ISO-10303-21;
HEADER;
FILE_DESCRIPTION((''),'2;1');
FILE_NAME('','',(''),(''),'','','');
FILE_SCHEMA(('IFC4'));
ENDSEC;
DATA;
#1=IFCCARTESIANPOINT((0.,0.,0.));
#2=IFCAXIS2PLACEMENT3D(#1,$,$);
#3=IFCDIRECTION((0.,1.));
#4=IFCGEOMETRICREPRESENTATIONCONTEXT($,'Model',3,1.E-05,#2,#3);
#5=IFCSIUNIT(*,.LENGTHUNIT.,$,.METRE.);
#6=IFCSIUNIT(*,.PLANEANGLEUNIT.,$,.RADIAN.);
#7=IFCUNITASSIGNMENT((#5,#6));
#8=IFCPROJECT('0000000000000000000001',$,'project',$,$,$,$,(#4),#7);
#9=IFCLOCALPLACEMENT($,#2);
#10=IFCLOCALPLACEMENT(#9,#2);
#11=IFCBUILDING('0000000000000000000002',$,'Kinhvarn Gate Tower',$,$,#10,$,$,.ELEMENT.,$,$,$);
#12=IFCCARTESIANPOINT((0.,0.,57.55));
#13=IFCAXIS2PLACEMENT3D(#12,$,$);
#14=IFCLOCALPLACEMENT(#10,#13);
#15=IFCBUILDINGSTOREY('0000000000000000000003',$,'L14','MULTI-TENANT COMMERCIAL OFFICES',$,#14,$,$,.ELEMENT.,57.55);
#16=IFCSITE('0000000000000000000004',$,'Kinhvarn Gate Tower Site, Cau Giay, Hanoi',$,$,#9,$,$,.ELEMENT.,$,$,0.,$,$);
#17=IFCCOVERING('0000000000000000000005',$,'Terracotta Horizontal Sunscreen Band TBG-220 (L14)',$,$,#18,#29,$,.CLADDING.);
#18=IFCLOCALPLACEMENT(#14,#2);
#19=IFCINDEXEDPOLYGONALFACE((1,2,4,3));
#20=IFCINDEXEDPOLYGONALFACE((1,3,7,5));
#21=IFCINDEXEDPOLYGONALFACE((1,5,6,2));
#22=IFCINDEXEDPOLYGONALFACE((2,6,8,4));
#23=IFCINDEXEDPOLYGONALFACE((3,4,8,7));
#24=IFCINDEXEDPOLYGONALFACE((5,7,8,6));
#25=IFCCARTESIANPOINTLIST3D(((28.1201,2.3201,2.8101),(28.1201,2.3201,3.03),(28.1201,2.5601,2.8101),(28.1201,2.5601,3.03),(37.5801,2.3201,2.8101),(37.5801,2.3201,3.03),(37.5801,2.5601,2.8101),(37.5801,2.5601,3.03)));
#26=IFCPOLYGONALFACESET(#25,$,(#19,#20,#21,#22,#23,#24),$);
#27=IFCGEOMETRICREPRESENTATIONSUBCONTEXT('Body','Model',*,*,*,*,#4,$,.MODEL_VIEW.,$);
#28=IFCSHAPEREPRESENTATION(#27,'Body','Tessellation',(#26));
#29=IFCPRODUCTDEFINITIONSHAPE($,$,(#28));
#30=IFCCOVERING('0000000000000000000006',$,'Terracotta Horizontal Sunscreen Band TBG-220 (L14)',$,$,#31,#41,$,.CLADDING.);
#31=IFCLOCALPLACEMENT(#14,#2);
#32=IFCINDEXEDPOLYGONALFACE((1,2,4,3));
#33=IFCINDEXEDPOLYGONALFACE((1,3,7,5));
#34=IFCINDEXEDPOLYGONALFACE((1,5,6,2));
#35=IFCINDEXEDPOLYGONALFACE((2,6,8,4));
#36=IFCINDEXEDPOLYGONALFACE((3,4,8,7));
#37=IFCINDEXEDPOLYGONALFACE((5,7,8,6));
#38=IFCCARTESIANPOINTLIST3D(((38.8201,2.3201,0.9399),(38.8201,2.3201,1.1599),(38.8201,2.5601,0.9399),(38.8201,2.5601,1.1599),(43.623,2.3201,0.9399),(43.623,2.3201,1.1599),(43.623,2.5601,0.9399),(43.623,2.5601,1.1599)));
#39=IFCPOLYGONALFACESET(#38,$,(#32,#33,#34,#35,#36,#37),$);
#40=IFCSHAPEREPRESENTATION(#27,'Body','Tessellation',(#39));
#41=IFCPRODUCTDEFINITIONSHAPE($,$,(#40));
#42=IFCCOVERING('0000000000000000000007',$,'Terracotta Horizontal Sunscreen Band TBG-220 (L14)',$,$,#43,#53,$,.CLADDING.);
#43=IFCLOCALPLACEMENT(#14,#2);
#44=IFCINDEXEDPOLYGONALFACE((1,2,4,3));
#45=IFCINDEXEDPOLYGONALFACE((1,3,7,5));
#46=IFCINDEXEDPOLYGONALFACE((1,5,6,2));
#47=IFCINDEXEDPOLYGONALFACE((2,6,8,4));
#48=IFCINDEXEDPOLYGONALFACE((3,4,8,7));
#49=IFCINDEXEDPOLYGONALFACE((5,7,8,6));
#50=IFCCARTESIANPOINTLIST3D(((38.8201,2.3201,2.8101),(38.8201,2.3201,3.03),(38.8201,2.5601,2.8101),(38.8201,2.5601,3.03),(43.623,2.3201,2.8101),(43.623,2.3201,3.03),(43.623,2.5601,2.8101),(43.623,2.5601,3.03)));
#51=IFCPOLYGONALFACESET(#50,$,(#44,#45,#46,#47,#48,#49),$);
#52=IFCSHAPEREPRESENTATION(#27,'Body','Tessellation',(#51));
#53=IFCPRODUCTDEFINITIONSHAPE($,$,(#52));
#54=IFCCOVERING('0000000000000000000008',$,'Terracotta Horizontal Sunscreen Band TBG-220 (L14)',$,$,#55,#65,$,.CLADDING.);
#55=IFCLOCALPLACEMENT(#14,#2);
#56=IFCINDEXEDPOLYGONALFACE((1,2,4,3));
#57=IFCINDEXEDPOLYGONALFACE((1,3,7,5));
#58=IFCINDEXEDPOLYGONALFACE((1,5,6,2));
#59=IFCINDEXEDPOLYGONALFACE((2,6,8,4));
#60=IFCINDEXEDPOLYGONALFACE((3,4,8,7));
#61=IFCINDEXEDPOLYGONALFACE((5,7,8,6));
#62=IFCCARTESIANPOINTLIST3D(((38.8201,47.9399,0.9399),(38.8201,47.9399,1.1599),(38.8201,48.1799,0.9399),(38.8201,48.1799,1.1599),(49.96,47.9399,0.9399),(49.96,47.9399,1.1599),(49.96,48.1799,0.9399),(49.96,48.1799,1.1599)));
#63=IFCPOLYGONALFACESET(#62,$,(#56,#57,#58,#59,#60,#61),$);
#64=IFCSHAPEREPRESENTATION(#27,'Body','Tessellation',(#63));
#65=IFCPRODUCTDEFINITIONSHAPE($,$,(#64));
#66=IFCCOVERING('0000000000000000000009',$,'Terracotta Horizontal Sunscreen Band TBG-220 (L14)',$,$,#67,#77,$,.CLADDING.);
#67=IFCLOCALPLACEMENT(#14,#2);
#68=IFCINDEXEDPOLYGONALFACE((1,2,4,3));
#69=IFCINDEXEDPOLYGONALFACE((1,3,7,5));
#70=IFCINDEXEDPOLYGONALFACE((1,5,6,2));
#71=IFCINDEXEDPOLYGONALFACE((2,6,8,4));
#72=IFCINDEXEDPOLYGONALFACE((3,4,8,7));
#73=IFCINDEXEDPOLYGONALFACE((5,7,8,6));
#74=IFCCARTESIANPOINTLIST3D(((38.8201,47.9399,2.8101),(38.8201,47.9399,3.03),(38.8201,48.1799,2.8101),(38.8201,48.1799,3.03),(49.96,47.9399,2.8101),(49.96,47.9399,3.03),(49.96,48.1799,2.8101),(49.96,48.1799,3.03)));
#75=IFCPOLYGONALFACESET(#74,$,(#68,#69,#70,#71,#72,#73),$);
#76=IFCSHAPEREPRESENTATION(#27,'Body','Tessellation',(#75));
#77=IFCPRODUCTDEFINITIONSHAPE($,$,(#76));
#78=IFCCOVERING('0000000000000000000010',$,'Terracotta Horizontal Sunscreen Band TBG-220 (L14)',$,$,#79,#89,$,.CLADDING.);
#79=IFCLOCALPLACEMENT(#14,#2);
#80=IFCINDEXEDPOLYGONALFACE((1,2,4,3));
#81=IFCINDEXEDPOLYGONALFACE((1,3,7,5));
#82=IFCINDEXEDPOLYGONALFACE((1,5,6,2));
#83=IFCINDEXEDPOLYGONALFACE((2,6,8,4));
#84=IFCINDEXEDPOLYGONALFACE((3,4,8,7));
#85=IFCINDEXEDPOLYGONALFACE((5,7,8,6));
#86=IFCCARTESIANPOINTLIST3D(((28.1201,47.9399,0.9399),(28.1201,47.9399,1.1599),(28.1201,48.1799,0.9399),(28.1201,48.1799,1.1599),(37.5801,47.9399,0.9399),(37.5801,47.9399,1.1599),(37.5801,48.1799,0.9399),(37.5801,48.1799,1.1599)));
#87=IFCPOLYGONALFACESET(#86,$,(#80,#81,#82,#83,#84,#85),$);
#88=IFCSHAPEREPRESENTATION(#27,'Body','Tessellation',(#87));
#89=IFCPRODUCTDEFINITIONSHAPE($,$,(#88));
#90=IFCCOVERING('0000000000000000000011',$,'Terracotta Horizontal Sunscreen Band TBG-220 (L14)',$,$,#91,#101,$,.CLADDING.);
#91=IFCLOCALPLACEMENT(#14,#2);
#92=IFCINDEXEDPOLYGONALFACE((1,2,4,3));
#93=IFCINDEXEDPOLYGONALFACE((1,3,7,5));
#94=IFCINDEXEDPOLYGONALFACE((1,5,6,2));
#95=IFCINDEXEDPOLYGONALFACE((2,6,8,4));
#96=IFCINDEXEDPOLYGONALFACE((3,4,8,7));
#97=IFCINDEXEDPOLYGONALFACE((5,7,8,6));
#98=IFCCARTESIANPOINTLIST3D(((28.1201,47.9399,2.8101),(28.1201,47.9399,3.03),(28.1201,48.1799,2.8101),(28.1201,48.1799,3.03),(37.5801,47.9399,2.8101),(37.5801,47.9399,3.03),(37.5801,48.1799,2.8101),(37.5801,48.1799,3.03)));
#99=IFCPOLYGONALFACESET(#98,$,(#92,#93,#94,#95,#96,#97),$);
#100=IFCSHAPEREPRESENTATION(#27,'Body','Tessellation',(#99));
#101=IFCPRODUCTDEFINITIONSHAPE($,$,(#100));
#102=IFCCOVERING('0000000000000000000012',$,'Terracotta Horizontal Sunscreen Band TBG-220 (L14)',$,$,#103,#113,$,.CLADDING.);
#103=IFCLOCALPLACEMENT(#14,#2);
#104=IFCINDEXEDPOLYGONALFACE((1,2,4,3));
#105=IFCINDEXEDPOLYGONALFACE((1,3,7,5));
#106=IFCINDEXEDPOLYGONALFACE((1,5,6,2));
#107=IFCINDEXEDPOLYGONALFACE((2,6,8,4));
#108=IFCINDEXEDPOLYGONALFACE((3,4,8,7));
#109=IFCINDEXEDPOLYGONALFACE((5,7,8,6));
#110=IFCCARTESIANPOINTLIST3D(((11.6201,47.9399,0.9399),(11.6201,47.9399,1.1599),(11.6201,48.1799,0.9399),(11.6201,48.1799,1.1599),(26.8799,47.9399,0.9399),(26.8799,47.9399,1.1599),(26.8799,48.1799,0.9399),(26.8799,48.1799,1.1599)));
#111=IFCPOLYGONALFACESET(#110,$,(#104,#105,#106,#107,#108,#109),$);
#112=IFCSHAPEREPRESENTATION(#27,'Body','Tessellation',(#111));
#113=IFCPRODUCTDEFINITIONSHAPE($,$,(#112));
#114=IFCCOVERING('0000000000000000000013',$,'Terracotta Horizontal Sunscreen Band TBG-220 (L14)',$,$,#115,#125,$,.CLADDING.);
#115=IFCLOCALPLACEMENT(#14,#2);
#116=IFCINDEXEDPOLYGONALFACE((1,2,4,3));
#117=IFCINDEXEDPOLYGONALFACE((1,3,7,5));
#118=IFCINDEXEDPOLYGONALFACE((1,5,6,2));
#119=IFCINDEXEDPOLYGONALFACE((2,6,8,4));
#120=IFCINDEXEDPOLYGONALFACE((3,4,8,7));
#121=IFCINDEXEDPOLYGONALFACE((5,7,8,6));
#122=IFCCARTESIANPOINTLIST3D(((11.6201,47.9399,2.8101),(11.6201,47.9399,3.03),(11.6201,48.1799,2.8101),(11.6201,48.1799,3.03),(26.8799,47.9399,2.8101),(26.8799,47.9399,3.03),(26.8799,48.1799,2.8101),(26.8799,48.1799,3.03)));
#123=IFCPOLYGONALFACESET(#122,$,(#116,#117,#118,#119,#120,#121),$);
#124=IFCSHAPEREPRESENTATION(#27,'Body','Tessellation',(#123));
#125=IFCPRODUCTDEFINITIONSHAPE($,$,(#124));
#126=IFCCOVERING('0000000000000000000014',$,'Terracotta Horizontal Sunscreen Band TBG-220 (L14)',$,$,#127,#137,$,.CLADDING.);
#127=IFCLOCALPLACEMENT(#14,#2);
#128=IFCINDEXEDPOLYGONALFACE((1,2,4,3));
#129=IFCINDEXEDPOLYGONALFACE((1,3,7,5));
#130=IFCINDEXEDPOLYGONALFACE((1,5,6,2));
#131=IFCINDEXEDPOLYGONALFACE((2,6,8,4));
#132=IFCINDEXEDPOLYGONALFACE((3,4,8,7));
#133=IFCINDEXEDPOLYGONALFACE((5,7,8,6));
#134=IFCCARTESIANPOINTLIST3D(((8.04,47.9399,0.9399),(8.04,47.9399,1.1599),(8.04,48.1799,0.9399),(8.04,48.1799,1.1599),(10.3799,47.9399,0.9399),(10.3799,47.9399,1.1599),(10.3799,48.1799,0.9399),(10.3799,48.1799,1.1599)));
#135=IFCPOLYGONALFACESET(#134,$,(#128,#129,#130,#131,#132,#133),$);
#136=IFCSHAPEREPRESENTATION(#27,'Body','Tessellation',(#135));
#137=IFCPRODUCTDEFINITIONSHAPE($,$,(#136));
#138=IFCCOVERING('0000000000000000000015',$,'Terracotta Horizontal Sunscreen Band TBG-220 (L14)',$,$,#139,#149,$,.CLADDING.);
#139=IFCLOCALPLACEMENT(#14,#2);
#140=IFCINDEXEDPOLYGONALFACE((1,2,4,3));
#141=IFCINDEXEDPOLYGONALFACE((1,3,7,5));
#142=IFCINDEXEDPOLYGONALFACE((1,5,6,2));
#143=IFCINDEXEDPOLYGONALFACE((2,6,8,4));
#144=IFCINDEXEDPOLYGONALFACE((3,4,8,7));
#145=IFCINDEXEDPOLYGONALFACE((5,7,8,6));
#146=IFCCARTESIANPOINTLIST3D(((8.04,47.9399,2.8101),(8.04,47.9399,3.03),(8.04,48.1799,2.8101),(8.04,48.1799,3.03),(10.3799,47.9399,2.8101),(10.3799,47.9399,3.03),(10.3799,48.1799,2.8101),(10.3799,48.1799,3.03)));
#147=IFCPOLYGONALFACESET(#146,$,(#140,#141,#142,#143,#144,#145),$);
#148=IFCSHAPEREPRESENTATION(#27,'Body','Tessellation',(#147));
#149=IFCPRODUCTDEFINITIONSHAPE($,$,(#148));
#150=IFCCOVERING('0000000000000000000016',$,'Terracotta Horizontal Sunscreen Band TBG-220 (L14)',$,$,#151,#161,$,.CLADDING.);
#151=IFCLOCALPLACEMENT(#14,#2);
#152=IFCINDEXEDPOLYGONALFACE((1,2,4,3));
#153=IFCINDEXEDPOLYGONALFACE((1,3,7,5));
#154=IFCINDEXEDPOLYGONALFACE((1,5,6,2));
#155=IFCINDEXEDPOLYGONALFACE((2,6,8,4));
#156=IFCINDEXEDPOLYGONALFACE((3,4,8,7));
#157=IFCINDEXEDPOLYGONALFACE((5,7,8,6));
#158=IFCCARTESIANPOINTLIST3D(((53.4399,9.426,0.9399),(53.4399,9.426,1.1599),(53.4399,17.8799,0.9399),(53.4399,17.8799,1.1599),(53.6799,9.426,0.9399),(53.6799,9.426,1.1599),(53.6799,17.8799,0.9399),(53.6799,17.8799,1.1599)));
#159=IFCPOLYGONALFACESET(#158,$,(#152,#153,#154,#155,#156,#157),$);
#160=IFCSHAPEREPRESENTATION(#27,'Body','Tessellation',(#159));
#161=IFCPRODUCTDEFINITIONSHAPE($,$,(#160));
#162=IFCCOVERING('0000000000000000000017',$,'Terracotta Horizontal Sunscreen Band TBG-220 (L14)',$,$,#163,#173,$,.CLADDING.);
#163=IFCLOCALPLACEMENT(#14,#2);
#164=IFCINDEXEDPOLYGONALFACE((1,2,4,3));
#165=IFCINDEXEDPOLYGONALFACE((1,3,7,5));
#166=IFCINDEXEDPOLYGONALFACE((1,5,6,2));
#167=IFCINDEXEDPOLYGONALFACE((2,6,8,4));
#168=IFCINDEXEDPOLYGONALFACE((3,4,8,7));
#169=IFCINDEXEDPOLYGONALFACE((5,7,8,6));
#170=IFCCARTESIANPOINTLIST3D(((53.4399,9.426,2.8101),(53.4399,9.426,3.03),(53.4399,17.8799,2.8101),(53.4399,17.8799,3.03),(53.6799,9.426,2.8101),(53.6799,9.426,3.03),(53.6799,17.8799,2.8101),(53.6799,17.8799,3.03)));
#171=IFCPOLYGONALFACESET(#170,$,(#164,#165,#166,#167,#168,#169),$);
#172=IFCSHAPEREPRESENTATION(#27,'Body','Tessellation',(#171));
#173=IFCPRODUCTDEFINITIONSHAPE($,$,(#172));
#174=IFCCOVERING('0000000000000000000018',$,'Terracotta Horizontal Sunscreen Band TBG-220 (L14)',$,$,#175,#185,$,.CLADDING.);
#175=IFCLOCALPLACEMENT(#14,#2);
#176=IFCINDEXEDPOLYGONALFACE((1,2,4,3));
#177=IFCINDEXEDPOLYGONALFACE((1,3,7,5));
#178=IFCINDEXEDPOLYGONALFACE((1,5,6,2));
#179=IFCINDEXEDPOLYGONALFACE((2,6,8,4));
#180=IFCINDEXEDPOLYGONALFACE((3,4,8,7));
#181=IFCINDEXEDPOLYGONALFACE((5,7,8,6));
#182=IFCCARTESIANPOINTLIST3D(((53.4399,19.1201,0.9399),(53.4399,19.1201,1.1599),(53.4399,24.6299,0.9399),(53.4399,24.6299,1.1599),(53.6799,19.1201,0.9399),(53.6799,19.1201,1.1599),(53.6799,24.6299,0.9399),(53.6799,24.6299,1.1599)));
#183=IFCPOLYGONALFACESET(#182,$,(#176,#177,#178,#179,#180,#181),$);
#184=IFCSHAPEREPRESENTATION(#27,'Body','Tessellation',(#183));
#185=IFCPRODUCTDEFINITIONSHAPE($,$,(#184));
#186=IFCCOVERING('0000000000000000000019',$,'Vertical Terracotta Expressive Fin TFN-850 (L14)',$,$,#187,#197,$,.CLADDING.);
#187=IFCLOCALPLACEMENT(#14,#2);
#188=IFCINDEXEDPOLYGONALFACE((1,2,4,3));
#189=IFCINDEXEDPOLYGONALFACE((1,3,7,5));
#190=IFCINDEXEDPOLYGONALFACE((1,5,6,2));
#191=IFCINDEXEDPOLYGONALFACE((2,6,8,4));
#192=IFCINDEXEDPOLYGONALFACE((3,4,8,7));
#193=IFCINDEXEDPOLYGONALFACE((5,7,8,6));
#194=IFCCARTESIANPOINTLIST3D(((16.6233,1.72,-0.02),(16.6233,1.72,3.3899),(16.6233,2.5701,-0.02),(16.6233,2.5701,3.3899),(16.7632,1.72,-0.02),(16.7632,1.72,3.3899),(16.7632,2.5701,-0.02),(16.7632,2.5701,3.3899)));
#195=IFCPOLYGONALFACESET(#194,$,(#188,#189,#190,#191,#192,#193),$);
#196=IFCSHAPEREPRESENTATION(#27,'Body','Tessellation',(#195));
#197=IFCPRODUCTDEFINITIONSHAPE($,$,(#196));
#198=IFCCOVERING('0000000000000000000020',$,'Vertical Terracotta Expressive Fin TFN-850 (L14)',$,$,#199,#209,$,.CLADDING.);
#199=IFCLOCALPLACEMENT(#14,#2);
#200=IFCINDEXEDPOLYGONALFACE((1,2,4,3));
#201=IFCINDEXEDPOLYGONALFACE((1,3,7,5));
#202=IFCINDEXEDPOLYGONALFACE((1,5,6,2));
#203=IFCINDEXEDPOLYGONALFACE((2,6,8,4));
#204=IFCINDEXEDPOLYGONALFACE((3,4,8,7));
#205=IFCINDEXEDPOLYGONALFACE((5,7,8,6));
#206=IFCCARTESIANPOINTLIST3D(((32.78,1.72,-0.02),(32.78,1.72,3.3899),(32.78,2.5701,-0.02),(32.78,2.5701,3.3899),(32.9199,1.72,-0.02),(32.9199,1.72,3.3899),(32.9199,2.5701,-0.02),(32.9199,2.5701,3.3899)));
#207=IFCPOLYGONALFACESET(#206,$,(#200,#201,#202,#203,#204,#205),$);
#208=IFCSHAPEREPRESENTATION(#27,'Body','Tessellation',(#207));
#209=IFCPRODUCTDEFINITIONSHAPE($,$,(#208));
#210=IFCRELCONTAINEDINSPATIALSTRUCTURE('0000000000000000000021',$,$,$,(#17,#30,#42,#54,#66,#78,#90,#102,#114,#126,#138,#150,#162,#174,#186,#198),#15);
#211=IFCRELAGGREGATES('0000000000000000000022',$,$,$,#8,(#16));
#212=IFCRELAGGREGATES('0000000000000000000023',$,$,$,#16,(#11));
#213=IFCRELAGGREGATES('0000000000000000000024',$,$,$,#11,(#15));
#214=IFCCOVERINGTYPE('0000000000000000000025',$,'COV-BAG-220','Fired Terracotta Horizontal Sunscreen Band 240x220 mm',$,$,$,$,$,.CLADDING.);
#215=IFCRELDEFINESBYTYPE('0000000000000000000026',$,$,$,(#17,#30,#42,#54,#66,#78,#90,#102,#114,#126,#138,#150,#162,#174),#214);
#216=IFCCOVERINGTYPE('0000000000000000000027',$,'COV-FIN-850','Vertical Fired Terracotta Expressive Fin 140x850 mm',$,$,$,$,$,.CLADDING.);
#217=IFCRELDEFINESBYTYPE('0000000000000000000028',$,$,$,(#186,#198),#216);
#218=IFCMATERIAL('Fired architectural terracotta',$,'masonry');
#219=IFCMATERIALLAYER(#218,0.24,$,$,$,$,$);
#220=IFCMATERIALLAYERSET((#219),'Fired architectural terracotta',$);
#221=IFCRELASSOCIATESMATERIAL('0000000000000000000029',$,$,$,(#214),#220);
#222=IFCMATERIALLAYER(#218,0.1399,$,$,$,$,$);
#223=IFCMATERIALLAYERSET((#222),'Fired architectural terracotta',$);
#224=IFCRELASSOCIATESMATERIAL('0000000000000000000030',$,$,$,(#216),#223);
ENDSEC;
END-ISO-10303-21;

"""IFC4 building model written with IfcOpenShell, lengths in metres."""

from ifc_helpers import new_model, si_unit, direction, frame, origin, place, context, subcontext, project, spatial, polyline, outline, extrude, material, layer, layer_set, type_object, element, save


model = new_model("IFC4")

# Units and contexts
model_context = context("Model", 3, precision=1e-05, world=origin(), true_north=direction((0.0, 1.0)))
body_context = subcontext(model_context, "Body", "Model", "MODEL_VIEW")
ifc_project = project(units=[si_unit("LENGTHUNIT", "METRE"), si_unit("PLANEANGLEUNIT", "RADIAN")], contexts=[model_context])

# Site, building, storey
site_placement = place(None, origin())
site = spatial("IfcSite", under=ifc_project, at=site_placement, Name="Kinhvarn Gate Tower Site, Cau Giay, Hanoi", CompositionType="ELEMENT", RefElevation=0.0)
building_placement = place(site_placement, origin())
building = spatial("IfcBuilding", under=site, at=building_placement, Name="Kinhvarn Gate Tower", CompositionType="ELEMENT")
storey_placement = place(building_placement, frame((0.0, 0.0, 57.55)))
storey = spatial("IfcBuildingStorey", under=building, at=storey_placement, Name="L14", Description="MULTI-TENANT COMMERCIAL OFFICES", CompositionType="ELEMENT", Elevation=57.55)

# Coverings
ifc_material_1 = material(Name="Fired architectural terracotta", Category="masonry")
ifc_layer_1 = layer(ifc_material_1, 0.24)
ifc_layer_set_1 = layer_set([ifc_layer_1], Name="Fired architectural terracotta")
covering_type_1 = type_object("IfcCoveringType", Name="COV-BAG-220", Description="Fired Terracotta Horizontal Sunscreen Band 240x220 mm", PredefinedType="CLADDING", material=ifc_layer_set_1)
for number, where, name in (
    (1, (0.0, 0.0, 2.8101), "Terracotta Horizontal Sunscreen Band TBG-220 (L14)"),
):
    element("IfcCovering", number, at=place(storey_placement, frame(where)), inside=storey, type_object=covering_type_1, Name=name, PredefinedType="CLADDING", context=body_context, shape_type="SweptSolid", body=[
        extrude(outline(polyline([(28.1201, 2.5601), (37.5801, 2.5601), (37.5801, 2.3201), (28.1201, 2.3201), (28.1201, 2.5601)])), origin(), (0.0, 0.0, 1.0), 0.22),
    ])
for number, where, name in (
    (2, (0.0, 0.0, 0.9399), "Terracotta Horizontal Sunscreen Band TBG-220 (L14)"),
    (3, (0.0, 0.0, 2.8101), "Terracotta Horizontal Sunscreen Band TBG-220 (L14)"),
):
    element("IfcCovering", number, at=place(storey_placement, frame(where)), inside=storey, type_object=covering_type_1, Name=name, PredefinedType="CLADDING", context=body_context, shape_type="SweptSolid", body=[
        extrude(outline(polyline([(38.8201, 2.5601), (43.623, 2.5601), (43.623, 2.3201), (38.8201, 2.3201), (38.8201, 2.5601)])), origin(), (0.0, 0.0, 1.0), 0.22),
    ])
for number, where, name in (
    (4, (0.0, 0.0, 0.9399), "Terracotta Horizontal Sunscreen Band TBG-220 (L14)"),
    (5, (0.0, 0.0, 2.8101), "Terracotta Horizontal Sunscreen Band TBG-220 (L14)"),
):
    element("IfcCovering", number, at=place(storey_placement, frame(where)), inside=storey, type_object=covering_type_1, Name=name, PredefinedType="CLADDING", context=body_context, shape_type="SweptSolid", body=[
        extrude(outline(polyline([(49.96, 47.9399), (38.8201, 47.9399), (38.8201, 48.1799), (49.96, 48.1799), (49.96, 47.9399)])), origin(), (0.0, 0.0, 1.0), 0.22),
    ])
for number, where, name in (
    (6, (0.0, 0.0, 0.9399), "Terracotta Horizontal Sunscreen Band TBG-220 (L14)"),
    (7, (0.0, 0.0, 2.8101), "Terracotta Horizontal Sunscreen Band TBG-220 (L14)"),
):
    element("IfcCovering", number, at=place(storey_placement, frame(where)), inside=storey, type_object=covering_type_1, Name=name, PredefinedType="CLADDING", context=body_context, shape_type="SweptSolid", body=[
        extrude(outline(polyline([(37.5801, 47.9399), (28.1201, 47.9399), (28.1201, 48.1799), (37.5801, 48.1799), (37.5801, 47.9399)])), origin(), (0.0, 0.0, 1.0), 0.22),
    ])
for number, where, name in (
    (8, (0.0, 0.0, 0.9399), "Terracotta Horizontal Sunscreen Band TBG-220 (L14)"),
    (9, (0.0, 0.0, 2.8101), "Terracotta Horizontal Sunscreen Band TBG-220 (L14)"),
):
    element("IfcCovering", number, at=place(storey_placement, frame(where)), inside=storey, type_object=covering_type_1, Name=name, PredefinedType="CLADDING", context=body_context, shape_type="SweptSolid", body=[
        extrude(outline(polyline([(26.8799, 47.9399), (11.6201, 47.9399), (11.6201, 48.1799), (26.8799, 48.1799), (26.8799, 47.9399)])), origin(), (0.0, 0.0, 1.0), 0.22),
    ])
for number, where, name in (
    (10, (0.0, 0.0, 0.9399), "Terracotta Horizontal Sunscreen Band TBG-220 (L14)"),
    (11, (0.0, 0.0, 2.8101), "Terracotta Horizontal Sunscreen Band TBG-220 (L14)"),
):
    element("IfcCovering", number, at=place(storey_placement, frame(where)), inside=storey, type_object=covering_type_1, Name=name, PredefinedType="CLADDING", context=body_context, shape_type="SweptSolid", body=[
        extrude(outline(polyline([(10.3799, 47.9399), (8.04, 47.9399), (8.04, 48.1799), (10.3799, 48.1799), (10.3799, 47.9399)])), origin(), (0.0, 0.0, 1.0), 0.22),
    ])
for number, where, name in (
    (12, (0.0, 0.0, 0.9399), "Terracotta Horizontal Sunscreen Band TBG-220 (L14)"),
    (13, (0.0, 0.0, 2.8101), "Terracotta Horizontal Sunscreen Band TBG-220 (L14)"),
):
    element("IfcCovering", number, at=place(storey_placement, frame(where)), inside=storey, type_object=covering_type_1, Name=name, PredefinedType="CLADDING", context=body_context, shape_type="SweptSolid", body=[
        extrude(outline(polyline([(53.4399, 9.426), (53.4399, 17.8799), (53.6799, 17.8799), (53.6799, 9.426), (53.4399, 9.426)])), origin(), (0.0, 0.0, 1.0), 0.22),
    ])
covering_1_placement = place(storey_placement, frame((0.0, 0.0, 0.9399)))
element("IfcCovering", 14, at=covering_1_placement, inside=storey, type_object=covering_type_1, Name="Terracotta Horizontal Sunscreen Band TBG-220 (L14)", PredefinedType="CLADDING", context=body_context, shape_type="SweptSolid", body=[
    extrude(outline(polyline([(53.4399, 19.1201), (53.4399, 24.6299), (53.6799, 24.6299), (53.6799, 19.1201), (53.4399, 19.1201)])), origin(), (0.0, 0.0, 1.0), 0.22),
])
ifc_layer_2 = layer(ifc_material_1, 0.1399)
ifc_layer_set_2 = layer_set([ifc_layer_2], Name="Fired architectural terracotta")
covering_type_2 = type_object("IfcCoveringType", Name="COV-FIN-850", Description="Vertical Fired Terracotta Expressive Fin 140x850 mm", PredefinedType="CLADDING", material=ifc_layer_set_2)
covering_2_placement = place(storey_placement, frame((0.0, 0.0, -0.02)))
element("IfcCovering", 15, at=covering_2_placement, inside=storey, type_object=covering_type_2, Name="Vertical Terracotta Expressive Fin TFN-850 (L14)", PredefinedType="CLADDING", context=body_context, shape_type="SweptSolid", body=[
    extrude(outline(polyline([(16.6233, 2.5701), (16.7632, 2.5701), (16.7632, 1.72), (16.6233, 1.72), (16.6233, 2.5701)])), origin(), (0.0, 0.0, 1.0), 3.4099),
])
covering_3_placement = place(storey_placement, frame((0.0, 0.0, -0.02)))
element("IfcCovering", 16, at=covering_3_placement, inside=storey, type_object=covering_type_2, Name="Vertical Terracotta Expressive Fin TFN-850 (L14)", PredefinedType="CLADDING", context=body_context, shape_type="SweptSolid", body=[
    extrude(outline(polyline([(32.78, 2.5701), (32.9199, 2.5701), (32.9199, 1.72), (32.78, 1.72), (32.78, 2.5701)])), origin(), (0.0, 0.0, 1.0), 3.4099),
])

save(model, "model.ifc")
